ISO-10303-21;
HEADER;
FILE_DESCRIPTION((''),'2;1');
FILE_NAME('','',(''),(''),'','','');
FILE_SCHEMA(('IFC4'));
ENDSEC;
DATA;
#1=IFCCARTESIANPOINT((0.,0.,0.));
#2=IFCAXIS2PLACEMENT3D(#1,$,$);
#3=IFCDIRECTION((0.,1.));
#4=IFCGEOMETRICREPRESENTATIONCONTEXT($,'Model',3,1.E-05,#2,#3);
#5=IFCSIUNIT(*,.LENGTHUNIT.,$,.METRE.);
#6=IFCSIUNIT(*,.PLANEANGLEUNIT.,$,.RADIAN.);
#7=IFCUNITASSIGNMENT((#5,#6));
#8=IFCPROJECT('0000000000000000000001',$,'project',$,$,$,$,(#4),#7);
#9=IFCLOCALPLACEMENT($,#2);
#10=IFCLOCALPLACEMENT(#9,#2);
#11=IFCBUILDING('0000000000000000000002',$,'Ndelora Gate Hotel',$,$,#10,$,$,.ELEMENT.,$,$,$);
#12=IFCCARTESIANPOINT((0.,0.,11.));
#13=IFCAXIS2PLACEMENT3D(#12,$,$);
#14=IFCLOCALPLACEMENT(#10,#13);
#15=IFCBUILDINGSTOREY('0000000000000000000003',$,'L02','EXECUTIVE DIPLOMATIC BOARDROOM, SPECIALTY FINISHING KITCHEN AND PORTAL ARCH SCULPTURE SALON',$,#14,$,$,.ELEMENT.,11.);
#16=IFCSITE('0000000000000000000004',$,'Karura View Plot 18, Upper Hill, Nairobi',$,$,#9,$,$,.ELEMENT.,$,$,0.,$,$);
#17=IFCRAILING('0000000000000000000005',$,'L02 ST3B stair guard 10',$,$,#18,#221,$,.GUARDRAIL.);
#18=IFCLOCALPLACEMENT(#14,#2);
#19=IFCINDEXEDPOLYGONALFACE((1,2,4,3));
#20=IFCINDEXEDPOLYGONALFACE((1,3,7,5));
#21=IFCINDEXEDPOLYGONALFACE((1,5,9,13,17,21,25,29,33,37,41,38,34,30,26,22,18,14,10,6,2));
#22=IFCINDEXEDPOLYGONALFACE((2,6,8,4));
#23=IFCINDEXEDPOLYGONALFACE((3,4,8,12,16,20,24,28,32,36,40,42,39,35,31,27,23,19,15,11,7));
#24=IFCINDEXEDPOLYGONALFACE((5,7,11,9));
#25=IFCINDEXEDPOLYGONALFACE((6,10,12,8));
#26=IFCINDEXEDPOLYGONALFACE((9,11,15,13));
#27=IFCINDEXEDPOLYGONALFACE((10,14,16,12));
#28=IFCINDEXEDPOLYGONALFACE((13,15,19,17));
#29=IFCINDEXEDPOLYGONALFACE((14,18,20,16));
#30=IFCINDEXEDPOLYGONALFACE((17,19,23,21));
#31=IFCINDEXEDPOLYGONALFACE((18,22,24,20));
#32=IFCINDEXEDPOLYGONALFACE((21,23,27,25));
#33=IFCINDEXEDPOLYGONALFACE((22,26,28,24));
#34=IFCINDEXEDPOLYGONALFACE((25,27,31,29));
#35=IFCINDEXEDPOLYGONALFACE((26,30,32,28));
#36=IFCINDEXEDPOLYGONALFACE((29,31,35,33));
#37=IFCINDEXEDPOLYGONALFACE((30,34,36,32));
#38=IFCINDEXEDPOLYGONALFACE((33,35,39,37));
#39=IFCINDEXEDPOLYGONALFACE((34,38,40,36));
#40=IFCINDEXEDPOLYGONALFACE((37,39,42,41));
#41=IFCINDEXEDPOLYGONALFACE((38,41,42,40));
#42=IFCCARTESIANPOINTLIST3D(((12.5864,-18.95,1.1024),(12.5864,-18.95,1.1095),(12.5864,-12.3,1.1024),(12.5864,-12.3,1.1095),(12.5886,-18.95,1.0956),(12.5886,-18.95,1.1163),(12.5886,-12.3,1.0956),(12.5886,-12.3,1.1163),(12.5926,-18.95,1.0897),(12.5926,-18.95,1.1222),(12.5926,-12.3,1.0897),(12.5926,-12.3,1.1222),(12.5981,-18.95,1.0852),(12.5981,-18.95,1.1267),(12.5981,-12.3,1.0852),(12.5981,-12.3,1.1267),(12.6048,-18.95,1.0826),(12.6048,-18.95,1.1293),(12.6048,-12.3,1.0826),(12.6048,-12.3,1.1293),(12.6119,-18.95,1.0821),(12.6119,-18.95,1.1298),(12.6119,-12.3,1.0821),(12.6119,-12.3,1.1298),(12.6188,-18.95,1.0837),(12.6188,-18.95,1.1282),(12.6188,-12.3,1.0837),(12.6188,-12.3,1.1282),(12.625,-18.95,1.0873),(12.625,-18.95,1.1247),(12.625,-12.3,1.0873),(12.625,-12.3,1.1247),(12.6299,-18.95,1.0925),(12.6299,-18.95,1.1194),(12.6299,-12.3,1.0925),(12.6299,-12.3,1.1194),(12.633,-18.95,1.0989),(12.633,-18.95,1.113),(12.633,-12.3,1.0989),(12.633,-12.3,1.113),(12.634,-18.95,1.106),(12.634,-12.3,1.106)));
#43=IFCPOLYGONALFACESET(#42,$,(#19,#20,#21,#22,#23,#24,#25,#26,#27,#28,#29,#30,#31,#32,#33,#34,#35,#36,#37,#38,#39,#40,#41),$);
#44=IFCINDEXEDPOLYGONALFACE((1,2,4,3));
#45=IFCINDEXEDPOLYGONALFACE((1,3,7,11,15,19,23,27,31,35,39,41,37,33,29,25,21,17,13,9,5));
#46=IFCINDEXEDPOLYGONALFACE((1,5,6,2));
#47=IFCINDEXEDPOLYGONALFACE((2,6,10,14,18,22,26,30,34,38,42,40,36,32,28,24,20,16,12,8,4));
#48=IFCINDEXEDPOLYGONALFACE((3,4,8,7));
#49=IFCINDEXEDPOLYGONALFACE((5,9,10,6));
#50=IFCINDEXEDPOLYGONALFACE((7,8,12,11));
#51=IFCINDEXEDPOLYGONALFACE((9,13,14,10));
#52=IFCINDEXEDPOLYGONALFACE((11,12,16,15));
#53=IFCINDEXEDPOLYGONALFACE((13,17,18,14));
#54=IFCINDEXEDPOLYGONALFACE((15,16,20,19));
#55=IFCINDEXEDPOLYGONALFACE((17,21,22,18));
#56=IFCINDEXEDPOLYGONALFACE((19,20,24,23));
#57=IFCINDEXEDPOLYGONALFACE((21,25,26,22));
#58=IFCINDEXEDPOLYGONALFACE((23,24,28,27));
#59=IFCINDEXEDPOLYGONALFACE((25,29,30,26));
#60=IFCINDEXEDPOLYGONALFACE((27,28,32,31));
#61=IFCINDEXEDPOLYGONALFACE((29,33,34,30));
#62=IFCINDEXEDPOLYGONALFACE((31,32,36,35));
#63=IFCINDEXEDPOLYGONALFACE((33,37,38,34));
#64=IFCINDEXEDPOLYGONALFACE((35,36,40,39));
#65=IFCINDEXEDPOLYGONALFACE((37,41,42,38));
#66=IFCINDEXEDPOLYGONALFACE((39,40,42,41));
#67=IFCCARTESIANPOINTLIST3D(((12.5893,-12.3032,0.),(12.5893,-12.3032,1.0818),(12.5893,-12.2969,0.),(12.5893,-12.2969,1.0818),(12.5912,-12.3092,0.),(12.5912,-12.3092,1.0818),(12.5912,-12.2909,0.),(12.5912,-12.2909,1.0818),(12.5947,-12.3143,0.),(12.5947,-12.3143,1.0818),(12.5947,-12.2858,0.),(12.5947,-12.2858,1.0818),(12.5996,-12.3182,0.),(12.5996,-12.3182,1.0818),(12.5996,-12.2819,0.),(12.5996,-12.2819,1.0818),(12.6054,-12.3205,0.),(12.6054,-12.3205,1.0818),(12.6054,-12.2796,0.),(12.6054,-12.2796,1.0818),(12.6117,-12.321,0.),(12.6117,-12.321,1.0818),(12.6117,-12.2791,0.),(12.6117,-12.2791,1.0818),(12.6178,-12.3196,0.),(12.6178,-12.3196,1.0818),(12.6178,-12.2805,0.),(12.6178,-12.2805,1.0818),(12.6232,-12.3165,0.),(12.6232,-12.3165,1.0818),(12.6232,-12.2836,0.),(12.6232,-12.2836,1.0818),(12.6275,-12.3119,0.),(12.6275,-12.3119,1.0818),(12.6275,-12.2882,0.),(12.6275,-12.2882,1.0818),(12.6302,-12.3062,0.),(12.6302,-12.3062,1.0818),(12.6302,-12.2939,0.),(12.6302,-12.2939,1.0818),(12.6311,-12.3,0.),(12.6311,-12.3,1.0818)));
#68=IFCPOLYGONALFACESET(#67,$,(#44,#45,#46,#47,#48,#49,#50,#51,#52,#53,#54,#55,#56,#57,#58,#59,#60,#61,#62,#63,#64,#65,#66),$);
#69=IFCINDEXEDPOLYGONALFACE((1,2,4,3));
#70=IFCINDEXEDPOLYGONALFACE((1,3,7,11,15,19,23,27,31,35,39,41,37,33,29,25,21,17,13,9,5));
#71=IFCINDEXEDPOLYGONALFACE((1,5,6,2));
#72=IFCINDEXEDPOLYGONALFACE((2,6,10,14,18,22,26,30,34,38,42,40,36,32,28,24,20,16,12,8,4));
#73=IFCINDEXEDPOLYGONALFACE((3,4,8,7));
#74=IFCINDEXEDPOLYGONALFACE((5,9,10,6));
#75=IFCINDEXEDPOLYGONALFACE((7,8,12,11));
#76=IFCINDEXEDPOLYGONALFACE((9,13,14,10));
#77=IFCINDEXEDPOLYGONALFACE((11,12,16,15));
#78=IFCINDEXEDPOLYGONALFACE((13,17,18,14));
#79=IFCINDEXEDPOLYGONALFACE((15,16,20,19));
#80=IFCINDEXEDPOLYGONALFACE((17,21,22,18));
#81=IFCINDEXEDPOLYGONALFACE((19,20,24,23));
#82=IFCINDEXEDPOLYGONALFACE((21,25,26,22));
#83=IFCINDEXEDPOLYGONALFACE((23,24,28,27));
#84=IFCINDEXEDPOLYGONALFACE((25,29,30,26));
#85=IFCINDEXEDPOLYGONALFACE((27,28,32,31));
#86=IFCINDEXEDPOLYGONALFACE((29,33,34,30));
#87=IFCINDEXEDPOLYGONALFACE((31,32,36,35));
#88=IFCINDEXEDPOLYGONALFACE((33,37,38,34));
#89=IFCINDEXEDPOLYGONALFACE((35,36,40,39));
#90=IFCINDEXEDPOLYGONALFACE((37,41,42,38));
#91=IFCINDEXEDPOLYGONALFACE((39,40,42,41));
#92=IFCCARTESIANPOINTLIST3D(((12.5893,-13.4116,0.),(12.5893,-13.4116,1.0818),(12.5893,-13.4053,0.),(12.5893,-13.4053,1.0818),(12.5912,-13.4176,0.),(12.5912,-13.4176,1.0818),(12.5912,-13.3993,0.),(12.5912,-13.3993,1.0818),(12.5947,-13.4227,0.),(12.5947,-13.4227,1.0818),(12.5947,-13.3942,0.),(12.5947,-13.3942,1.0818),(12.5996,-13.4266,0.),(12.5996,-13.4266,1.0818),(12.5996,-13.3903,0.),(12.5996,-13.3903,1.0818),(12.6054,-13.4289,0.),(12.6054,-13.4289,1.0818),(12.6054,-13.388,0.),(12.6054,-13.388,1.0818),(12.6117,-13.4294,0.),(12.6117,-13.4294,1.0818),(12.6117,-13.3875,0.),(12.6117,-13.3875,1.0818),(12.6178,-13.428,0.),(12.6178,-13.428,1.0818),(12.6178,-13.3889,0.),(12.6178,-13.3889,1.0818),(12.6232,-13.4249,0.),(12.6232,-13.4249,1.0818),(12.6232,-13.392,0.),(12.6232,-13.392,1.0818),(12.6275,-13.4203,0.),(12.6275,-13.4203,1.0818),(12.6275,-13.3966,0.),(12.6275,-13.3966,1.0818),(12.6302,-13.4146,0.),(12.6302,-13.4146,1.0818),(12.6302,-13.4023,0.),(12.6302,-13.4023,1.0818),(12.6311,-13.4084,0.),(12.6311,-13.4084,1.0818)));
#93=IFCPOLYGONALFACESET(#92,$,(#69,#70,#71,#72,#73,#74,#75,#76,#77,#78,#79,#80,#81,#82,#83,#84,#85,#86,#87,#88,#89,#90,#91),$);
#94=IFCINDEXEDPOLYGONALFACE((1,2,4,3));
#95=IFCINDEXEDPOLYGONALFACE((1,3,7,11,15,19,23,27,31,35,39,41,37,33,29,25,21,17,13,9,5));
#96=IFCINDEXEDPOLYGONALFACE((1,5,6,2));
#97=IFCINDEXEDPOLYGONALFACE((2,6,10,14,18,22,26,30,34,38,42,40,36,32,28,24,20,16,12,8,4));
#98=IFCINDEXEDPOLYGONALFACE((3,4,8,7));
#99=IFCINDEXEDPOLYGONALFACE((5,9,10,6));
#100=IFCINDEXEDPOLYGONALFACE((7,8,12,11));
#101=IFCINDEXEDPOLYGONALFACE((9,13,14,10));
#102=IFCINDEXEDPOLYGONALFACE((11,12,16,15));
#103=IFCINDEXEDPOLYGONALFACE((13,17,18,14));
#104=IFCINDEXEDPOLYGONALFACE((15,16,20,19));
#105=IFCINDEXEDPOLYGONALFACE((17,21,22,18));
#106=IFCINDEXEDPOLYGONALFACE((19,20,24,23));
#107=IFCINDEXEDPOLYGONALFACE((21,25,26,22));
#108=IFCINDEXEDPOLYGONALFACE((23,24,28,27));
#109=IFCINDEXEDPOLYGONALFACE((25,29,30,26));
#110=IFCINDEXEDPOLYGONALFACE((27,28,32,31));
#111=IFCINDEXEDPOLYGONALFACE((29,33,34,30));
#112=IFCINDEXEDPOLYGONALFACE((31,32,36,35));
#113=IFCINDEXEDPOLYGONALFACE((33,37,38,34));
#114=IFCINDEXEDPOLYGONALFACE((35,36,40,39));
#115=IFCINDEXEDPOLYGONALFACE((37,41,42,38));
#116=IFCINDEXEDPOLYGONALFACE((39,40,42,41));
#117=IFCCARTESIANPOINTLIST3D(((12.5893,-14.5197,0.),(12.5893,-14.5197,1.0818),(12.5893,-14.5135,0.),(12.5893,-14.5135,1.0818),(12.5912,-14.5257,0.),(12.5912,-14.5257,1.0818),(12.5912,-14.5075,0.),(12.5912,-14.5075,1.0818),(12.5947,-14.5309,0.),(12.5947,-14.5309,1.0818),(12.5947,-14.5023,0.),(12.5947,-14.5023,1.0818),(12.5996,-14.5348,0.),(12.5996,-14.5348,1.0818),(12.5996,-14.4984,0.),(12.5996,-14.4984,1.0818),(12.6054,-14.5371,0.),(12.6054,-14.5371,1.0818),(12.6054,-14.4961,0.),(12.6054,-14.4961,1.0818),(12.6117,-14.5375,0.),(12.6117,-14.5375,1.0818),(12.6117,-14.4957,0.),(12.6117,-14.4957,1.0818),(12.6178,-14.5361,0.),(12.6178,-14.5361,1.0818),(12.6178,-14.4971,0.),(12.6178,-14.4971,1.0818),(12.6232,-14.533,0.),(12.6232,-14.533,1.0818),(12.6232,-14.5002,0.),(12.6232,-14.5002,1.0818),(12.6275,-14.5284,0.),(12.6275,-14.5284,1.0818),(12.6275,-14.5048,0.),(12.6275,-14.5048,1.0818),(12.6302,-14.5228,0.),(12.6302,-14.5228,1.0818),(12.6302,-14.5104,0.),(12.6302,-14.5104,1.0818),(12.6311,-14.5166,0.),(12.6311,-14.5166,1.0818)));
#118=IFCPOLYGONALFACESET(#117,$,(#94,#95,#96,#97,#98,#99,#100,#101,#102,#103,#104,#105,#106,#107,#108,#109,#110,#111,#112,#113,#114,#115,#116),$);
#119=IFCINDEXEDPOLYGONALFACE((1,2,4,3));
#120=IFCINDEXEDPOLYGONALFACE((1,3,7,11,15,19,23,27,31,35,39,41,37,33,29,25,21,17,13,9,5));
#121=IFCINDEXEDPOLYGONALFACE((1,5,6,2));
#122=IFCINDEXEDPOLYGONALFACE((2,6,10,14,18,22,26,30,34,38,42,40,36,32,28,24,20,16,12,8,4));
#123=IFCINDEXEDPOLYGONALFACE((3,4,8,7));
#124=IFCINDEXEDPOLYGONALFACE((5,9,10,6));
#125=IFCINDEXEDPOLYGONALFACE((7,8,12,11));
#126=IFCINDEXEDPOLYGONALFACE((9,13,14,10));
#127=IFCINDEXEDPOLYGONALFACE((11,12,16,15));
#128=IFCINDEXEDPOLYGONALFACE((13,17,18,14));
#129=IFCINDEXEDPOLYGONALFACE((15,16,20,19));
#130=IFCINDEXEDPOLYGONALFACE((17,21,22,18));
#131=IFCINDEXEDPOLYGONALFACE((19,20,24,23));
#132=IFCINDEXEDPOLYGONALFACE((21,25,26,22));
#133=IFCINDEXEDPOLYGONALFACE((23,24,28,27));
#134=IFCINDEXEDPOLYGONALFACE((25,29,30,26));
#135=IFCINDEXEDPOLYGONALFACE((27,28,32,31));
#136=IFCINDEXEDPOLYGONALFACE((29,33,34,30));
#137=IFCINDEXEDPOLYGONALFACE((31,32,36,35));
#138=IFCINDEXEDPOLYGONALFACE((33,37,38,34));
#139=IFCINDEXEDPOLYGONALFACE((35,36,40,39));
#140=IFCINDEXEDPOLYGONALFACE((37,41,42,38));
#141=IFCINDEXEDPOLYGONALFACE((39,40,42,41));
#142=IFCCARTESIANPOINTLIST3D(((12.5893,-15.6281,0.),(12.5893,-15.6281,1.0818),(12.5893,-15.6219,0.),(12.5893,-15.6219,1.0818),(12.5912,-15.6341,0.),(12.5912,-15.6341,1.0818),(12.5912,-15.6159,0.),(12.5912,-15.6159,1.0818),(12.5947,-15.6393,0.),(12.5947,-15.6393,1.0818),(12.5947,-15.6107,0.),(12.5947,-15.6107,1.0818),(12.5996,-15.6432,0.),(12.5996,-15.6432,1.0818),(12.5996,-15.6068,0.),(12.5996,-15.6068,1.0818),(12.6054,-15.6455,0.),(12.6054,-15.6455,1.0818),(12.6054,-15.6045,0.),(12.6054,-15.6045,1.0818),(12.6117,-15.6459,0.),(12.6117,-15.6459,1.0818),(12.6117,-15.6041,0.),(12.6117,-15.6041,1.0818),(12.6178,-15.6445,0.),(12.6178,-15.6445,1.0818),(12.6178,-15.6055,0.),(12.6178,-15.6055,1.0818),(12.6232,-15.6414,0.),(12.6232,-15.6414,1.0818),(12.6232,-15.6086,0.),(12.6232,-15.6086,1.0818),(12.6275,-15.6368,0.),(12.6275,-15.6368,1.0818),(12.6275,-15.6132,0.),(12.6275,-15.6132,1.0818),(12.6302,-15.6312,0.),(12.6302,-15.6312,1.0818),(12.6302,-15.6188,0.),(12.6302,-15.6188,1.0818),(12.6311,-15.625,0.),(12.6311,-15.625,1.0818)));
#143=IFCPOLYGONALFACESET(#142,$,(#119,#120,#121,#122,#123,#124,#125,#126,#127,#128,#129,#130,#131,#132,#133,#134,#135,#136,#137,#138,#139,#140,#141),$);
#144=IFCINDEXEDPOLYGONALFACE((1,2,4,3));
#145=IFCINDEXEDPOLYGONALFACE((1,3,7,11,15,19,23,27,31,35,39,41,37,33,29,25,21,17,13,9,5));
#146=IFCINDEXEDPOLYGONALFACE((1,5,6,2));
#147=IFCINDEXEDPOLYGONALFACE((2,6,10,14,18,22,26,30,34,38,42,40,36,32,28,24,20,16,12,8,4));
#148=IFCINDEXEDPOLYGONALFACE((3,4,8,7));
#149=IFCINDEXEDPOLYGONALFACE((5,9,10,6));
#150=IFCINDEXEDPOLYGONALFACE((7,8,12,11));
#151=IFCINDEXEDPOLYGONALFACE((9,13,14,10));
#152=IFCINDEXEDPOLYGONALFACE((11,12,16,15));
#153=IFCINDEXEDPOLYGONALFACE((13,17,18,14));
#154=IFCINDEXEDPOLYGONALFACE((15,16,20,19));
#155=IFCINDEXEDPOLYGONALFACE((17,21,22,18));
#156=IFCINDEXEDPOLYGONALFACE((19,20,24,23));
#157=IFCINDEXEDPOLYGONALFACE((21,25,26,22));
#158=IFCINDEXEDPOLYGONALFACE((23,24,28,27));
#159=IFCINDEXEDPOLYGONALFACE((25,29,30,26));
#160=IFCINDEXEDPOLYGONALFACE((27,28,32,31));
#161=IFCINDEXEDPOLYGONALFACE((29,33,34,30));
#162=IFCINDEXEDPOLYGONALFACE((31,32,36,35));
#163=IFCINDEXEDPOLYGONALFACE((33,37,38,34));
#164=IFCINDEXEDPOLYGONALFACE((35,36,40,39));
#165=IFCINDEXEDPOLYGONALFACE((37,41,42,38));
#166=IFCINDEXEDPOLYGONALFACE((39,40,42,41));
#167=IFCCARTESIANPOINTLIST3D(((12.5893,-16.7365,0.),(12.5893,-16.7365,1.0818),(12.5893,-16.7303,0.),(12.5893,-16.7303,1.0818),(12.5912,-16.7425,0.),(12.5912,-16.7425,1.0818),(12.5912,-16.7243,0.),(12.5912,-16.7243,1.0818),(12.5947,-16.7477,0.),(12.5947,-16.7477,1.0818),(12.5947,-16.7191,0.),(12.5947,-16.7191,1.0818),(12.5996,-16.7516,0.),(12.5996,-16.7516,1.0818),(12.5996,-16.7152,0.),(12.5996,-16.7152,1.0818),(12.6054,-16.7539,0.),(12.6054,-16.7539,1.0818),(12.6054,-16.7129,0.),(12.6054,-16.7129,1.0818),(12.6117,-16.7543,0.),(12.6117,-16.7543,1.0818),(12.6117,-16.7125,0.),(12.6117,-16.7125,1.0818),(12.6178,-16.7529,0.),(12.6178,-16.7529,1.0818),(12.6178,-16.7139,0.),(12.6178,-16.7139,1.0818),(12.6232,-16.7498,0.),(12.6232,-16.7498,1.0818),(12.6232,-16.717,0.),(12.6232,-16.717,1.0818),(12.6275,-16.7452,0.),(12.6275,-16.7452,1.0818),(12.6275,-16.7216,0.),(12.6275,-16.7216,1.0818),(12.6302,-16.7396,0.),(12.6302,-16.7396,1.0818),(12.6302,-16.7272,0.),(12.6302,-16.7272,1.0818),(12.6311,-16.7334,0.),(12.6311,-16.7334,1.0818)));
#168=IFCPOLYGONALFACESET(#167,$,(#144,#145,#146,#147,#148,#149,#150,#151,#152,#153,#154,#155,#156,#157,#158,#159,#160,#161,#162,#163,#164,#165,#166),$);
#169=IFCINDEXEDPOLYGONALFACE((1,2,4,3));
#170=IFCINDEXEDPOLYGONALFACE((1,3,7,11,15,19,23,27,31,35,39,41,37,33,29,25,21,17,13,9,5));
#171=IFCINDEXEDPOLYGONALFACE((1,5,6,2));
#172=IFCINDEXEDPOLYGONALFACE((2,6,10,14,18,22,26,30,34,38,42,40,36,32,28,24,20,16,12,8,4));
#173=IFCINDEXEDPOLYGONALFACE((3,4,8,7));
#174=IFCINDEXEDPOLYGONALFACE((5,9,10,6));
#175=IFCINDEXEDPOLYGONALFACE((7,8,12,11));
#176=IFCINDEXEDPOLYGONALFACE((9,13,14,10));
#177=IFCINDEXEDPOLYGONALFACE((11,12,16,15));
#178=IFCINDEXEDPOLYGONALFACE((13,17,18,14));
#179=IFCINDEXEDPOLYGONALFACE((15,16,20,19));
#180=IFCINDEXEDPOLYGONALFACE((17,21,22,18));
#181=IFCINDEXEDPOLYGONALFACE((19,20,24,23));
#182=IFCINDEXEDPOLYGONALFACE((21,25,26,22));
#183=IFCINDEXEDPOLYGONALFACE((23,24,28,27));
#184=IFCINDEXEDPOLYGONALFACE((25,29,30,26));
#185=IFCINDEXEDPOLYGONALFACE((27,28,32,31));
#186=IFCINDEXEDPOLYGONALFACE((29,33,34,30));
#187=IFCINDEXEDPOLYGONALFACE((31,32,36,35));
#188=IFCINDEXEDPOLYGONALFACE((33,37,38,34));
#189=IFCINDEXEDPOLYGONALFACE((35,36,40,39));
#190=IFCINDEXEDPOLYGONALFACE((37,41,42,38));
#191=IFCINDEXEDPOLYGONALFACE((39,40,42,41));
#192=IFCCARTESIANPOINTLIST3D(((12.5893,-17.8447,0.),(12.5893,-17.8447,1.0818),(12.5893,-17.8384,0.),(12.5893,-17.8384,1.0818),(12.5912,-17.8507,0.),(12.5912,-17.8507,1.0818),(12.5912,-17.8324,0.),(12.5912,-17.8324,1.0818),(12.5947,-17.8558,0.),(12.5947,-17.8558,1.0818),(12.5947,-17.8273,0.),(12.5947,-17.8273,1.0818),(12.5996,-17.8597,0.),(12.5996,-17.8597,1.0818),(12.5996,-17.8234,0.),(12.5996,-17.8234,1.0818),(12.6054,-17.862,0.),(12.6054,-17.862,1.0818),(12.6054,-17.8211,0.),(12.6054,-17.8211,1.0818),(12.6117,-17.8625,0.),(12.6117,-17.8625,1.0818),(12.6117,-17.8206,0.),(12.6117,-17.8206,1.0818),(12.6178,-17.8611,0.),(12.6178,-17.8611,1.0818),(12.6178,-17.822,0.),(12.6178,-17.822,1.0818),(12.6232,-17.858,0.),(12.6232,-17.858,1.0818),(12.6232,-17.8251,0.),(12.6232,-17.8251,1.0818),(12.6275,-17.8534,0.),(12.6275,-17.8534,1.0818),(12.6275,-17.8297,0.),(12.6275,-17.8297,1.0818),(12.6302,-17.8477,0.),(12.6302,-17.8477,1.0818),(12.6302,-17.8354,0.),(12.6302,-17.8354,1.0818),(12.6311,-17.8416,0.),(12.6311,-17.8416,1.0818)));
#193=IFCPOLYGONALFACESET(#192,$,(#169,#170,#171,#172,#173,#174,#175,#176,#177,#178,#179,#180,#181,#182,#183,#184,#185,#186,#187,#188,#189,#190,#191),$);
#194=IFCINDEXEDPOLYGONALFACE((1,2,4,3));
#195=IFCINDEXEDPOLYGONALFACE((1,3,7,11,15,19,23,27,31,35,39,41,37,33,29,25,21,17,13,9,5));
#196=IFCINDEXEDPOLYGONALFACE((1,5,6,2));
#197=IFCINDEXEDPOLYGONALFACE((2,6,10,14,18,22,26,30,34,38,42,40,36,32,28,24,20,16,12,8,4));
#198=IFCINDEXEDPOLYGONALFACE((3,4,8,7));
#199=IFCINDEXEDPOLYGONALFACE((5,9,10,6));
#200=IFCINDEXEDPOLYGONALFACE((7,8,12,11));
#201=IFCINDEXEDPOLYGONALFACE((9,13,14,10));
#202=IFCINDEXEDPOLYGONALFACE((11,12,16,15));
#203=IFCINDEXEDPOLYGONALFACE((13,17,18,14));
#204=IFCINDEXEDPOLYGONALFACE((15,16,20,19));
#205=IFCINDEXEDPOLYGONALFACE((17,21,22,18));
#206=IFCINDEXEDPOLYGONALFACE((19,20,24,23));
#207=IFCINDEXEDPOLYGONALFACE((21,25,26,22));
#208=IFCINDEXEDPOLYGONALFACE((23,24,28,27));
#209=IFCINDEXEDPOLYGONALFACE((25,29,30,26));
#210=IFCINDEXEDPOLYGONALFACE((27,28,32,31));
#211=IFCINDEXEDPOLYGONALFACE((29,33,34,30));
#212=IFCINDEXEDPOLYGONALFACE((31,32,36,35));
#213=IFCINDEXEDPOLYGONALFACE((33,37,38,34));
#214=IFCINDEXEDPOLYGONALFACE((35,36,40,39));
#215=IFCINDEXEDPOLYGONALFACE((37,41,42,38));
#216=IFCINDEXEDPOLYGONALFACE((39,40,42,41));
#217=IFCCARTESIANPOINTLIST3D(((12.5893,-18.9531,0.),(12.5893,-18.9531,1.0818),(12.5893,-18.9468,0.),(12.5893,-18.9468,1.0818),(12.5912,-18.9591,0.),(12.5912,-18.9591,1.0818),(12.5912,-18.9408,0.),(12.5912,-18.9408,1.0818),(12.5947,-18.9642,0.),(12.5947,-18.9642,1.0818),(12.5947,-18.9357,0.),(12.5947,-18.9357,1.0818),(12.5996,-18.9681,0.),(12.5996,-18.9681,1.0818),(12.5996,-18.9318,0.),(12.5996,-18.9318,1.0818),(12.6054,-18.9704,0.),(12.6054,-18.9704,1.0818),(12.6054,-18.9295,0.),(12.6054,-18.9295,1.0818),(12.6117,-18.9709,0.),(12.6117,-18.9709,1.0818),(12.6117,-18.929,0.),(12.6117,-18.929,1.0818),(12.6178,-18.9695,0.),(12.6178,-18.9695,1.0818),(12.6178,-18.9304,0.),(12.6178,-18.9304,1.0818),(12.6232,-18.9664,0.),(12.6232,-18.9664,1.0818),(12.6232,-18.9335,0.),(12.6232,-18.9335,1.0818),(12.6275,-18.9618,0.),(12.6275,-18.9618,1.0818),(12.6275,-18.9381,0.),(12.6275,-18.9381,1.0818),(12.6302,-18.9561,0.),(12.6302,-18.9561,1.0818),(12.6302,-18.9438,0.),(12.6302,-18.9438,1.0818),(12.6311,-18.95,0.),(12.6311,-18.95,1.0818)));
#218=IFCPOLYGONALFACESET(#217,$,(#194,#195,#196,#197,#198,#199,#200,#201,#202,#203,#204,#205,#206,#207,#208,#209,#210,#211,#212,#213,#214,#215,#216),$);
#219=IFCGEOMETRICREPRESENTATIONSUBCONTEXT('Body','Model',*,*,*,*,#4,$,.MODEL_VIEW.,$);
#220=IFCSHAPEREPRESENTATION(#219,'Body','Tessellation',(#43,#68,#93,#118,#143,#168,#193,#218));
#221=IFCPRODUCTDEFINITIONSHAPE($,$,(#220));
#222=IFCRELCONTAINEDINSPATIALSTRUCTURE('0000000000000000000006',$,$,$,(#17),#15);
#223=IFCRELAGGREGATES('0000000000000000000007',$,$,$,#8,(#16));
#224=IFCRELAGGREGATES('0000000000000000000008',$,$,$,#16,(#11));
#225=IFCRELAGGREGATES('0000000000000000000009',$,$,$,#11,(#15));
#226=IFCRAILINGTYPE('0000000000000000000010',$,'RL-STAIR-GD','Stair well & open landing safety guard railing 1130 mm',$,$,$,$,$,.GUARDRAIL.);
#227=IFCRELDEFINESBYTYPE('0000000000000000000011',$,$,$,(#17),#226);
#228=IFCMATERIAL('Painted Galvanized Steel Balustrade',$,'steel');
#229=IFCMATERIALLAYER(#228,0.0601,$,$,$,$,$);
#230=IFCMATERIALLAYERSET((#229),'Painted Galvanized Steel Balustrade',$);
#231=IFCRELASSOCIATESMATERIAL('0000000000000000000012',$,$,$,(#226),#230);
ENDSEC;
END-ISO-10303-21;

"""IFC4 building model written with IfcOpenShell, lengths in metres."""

from ifc_helpers import new_model, si_unit, direction, frame, origin, origin_2d, place, context, subcontext, project, spatial, circle, extrude, material, layer, layer_set, type_object, element, save


model = new_model("IFC4")

# Units and contexts
model_context = context("Model", 3, precision=1e-05, world=origin(), true_north=direction((0.0, 1.0)))
body_context = subcontext(model_context, "Body", "Model", "MODEL_VIEW")
ifc_project = project(units=[si_unit("LENGTHUNIT", "METRE"), si_unit("PLANEANGLEUNIT", "RADIAN")], contexts=[model_context])

# Site, building, storey
site_placement = place(None, origin())
site = spatial("IfcSite", under=ifc_project, at=site_placement, Name="Karura View Plot 18, Upper Hill, Nairobi", CompositionType="ELEMENT", RefElevation=0.0)
building_placement = place(site_placement, origin())
building = spatial("IfcBuilding", under=site, at=building_placement, Name="Ndelora Gate Hotel", CompositionType="ELEMENT")
storey_placement = place(building_placement, frame((0.0, 0.0, 11.0)))
storey = spatial("IfcBuildingStorey", under=building, at=storey_placement, Name="L02", Description="EXECUTIVE DIPLOMATIC BOARDROOM, SPECIALTY FINISHING KITCHEN AND PORTAL ARCH SCULPTURE SALON", CompositionType="ELEMENT", Elevation=11.0)

# Railing
ifc_material_1 = material(Name="Painted Galvanized Steel Balustrade", Category="steel")
ifc_layer_1 = layer(ifc_material_1, 0.0601)
ifc_layer_set_1 = layer_set([ifc_layer_1], Name="Painted Galvanized Steel Balustrade")
railing_type_1 = type_object("IfcRailingType", Name="RL-STAIR-GD", Description="Stair well & open landing safety guard railing 1130 mm", PredefinedType="GUARDRAIL", material=ifc_layer_set_1)
railing_1_placement = place(storey_placement, frame((12.6101, -12.3, 0.0)))
element("IfcRailing", 1, at=railing_1_placement, inside=storey, type_object=railing_type_1, Name="L02 ST3B stair guard 10", PredefinedType="GUARDRAIL", context=body_context, shape_type="SweptSolid", body=[
    extrude(circle(Radius=0.0239, at=origin_2d()), frame((0.0, 0.0, 1.106), z_axis=(0.0, -1.0, 0.0), x_axis=(1.0, 0.0, 0.0)), (0.0, 0.0, 1.0), 6.6499),
    extrude(circle(Radius=0.021, at=origin_2d()), origin(), (0.0, 0.0, 1.0), 1.0818),
    extrude(circle(Radius=0.021, at=origin_2d()), frame((0.0, -1.1084, 0.0)), (0.0, 0.0, 1.0), 1.0818),
    extrude(circle(Radius=0.021, at=origin_2d()), frame((0.0, -2.2166, 0.0)), (0.0, 0.0, 1.0), 1.0818),
    extrude(circle(Radius=0.021, at=origin_2d()), frame((0.0, -3.325, 0.0)), (0.0, 0.0, 1.0), 1.0818),
    extrude(circle(Radius=0.021, at=origin_2d()), frame((0.0, -4.4333, 0.0)), (0.0, 0.0, 1.0), 1.0818),
    extrude(circle(Radius=0.021, at=origin_2d()), frame((0.0, -5.5415, 0.0)), (0.0, 0.0, 1.0), 1.0818),
    extrude(circle(Radius=0.021, at=origin_2d()), frame((0.0, -6.6499, 0.0)), (0.0, 0.0, 1.0), 1.0818),
])

save(model, "model.ifc")
